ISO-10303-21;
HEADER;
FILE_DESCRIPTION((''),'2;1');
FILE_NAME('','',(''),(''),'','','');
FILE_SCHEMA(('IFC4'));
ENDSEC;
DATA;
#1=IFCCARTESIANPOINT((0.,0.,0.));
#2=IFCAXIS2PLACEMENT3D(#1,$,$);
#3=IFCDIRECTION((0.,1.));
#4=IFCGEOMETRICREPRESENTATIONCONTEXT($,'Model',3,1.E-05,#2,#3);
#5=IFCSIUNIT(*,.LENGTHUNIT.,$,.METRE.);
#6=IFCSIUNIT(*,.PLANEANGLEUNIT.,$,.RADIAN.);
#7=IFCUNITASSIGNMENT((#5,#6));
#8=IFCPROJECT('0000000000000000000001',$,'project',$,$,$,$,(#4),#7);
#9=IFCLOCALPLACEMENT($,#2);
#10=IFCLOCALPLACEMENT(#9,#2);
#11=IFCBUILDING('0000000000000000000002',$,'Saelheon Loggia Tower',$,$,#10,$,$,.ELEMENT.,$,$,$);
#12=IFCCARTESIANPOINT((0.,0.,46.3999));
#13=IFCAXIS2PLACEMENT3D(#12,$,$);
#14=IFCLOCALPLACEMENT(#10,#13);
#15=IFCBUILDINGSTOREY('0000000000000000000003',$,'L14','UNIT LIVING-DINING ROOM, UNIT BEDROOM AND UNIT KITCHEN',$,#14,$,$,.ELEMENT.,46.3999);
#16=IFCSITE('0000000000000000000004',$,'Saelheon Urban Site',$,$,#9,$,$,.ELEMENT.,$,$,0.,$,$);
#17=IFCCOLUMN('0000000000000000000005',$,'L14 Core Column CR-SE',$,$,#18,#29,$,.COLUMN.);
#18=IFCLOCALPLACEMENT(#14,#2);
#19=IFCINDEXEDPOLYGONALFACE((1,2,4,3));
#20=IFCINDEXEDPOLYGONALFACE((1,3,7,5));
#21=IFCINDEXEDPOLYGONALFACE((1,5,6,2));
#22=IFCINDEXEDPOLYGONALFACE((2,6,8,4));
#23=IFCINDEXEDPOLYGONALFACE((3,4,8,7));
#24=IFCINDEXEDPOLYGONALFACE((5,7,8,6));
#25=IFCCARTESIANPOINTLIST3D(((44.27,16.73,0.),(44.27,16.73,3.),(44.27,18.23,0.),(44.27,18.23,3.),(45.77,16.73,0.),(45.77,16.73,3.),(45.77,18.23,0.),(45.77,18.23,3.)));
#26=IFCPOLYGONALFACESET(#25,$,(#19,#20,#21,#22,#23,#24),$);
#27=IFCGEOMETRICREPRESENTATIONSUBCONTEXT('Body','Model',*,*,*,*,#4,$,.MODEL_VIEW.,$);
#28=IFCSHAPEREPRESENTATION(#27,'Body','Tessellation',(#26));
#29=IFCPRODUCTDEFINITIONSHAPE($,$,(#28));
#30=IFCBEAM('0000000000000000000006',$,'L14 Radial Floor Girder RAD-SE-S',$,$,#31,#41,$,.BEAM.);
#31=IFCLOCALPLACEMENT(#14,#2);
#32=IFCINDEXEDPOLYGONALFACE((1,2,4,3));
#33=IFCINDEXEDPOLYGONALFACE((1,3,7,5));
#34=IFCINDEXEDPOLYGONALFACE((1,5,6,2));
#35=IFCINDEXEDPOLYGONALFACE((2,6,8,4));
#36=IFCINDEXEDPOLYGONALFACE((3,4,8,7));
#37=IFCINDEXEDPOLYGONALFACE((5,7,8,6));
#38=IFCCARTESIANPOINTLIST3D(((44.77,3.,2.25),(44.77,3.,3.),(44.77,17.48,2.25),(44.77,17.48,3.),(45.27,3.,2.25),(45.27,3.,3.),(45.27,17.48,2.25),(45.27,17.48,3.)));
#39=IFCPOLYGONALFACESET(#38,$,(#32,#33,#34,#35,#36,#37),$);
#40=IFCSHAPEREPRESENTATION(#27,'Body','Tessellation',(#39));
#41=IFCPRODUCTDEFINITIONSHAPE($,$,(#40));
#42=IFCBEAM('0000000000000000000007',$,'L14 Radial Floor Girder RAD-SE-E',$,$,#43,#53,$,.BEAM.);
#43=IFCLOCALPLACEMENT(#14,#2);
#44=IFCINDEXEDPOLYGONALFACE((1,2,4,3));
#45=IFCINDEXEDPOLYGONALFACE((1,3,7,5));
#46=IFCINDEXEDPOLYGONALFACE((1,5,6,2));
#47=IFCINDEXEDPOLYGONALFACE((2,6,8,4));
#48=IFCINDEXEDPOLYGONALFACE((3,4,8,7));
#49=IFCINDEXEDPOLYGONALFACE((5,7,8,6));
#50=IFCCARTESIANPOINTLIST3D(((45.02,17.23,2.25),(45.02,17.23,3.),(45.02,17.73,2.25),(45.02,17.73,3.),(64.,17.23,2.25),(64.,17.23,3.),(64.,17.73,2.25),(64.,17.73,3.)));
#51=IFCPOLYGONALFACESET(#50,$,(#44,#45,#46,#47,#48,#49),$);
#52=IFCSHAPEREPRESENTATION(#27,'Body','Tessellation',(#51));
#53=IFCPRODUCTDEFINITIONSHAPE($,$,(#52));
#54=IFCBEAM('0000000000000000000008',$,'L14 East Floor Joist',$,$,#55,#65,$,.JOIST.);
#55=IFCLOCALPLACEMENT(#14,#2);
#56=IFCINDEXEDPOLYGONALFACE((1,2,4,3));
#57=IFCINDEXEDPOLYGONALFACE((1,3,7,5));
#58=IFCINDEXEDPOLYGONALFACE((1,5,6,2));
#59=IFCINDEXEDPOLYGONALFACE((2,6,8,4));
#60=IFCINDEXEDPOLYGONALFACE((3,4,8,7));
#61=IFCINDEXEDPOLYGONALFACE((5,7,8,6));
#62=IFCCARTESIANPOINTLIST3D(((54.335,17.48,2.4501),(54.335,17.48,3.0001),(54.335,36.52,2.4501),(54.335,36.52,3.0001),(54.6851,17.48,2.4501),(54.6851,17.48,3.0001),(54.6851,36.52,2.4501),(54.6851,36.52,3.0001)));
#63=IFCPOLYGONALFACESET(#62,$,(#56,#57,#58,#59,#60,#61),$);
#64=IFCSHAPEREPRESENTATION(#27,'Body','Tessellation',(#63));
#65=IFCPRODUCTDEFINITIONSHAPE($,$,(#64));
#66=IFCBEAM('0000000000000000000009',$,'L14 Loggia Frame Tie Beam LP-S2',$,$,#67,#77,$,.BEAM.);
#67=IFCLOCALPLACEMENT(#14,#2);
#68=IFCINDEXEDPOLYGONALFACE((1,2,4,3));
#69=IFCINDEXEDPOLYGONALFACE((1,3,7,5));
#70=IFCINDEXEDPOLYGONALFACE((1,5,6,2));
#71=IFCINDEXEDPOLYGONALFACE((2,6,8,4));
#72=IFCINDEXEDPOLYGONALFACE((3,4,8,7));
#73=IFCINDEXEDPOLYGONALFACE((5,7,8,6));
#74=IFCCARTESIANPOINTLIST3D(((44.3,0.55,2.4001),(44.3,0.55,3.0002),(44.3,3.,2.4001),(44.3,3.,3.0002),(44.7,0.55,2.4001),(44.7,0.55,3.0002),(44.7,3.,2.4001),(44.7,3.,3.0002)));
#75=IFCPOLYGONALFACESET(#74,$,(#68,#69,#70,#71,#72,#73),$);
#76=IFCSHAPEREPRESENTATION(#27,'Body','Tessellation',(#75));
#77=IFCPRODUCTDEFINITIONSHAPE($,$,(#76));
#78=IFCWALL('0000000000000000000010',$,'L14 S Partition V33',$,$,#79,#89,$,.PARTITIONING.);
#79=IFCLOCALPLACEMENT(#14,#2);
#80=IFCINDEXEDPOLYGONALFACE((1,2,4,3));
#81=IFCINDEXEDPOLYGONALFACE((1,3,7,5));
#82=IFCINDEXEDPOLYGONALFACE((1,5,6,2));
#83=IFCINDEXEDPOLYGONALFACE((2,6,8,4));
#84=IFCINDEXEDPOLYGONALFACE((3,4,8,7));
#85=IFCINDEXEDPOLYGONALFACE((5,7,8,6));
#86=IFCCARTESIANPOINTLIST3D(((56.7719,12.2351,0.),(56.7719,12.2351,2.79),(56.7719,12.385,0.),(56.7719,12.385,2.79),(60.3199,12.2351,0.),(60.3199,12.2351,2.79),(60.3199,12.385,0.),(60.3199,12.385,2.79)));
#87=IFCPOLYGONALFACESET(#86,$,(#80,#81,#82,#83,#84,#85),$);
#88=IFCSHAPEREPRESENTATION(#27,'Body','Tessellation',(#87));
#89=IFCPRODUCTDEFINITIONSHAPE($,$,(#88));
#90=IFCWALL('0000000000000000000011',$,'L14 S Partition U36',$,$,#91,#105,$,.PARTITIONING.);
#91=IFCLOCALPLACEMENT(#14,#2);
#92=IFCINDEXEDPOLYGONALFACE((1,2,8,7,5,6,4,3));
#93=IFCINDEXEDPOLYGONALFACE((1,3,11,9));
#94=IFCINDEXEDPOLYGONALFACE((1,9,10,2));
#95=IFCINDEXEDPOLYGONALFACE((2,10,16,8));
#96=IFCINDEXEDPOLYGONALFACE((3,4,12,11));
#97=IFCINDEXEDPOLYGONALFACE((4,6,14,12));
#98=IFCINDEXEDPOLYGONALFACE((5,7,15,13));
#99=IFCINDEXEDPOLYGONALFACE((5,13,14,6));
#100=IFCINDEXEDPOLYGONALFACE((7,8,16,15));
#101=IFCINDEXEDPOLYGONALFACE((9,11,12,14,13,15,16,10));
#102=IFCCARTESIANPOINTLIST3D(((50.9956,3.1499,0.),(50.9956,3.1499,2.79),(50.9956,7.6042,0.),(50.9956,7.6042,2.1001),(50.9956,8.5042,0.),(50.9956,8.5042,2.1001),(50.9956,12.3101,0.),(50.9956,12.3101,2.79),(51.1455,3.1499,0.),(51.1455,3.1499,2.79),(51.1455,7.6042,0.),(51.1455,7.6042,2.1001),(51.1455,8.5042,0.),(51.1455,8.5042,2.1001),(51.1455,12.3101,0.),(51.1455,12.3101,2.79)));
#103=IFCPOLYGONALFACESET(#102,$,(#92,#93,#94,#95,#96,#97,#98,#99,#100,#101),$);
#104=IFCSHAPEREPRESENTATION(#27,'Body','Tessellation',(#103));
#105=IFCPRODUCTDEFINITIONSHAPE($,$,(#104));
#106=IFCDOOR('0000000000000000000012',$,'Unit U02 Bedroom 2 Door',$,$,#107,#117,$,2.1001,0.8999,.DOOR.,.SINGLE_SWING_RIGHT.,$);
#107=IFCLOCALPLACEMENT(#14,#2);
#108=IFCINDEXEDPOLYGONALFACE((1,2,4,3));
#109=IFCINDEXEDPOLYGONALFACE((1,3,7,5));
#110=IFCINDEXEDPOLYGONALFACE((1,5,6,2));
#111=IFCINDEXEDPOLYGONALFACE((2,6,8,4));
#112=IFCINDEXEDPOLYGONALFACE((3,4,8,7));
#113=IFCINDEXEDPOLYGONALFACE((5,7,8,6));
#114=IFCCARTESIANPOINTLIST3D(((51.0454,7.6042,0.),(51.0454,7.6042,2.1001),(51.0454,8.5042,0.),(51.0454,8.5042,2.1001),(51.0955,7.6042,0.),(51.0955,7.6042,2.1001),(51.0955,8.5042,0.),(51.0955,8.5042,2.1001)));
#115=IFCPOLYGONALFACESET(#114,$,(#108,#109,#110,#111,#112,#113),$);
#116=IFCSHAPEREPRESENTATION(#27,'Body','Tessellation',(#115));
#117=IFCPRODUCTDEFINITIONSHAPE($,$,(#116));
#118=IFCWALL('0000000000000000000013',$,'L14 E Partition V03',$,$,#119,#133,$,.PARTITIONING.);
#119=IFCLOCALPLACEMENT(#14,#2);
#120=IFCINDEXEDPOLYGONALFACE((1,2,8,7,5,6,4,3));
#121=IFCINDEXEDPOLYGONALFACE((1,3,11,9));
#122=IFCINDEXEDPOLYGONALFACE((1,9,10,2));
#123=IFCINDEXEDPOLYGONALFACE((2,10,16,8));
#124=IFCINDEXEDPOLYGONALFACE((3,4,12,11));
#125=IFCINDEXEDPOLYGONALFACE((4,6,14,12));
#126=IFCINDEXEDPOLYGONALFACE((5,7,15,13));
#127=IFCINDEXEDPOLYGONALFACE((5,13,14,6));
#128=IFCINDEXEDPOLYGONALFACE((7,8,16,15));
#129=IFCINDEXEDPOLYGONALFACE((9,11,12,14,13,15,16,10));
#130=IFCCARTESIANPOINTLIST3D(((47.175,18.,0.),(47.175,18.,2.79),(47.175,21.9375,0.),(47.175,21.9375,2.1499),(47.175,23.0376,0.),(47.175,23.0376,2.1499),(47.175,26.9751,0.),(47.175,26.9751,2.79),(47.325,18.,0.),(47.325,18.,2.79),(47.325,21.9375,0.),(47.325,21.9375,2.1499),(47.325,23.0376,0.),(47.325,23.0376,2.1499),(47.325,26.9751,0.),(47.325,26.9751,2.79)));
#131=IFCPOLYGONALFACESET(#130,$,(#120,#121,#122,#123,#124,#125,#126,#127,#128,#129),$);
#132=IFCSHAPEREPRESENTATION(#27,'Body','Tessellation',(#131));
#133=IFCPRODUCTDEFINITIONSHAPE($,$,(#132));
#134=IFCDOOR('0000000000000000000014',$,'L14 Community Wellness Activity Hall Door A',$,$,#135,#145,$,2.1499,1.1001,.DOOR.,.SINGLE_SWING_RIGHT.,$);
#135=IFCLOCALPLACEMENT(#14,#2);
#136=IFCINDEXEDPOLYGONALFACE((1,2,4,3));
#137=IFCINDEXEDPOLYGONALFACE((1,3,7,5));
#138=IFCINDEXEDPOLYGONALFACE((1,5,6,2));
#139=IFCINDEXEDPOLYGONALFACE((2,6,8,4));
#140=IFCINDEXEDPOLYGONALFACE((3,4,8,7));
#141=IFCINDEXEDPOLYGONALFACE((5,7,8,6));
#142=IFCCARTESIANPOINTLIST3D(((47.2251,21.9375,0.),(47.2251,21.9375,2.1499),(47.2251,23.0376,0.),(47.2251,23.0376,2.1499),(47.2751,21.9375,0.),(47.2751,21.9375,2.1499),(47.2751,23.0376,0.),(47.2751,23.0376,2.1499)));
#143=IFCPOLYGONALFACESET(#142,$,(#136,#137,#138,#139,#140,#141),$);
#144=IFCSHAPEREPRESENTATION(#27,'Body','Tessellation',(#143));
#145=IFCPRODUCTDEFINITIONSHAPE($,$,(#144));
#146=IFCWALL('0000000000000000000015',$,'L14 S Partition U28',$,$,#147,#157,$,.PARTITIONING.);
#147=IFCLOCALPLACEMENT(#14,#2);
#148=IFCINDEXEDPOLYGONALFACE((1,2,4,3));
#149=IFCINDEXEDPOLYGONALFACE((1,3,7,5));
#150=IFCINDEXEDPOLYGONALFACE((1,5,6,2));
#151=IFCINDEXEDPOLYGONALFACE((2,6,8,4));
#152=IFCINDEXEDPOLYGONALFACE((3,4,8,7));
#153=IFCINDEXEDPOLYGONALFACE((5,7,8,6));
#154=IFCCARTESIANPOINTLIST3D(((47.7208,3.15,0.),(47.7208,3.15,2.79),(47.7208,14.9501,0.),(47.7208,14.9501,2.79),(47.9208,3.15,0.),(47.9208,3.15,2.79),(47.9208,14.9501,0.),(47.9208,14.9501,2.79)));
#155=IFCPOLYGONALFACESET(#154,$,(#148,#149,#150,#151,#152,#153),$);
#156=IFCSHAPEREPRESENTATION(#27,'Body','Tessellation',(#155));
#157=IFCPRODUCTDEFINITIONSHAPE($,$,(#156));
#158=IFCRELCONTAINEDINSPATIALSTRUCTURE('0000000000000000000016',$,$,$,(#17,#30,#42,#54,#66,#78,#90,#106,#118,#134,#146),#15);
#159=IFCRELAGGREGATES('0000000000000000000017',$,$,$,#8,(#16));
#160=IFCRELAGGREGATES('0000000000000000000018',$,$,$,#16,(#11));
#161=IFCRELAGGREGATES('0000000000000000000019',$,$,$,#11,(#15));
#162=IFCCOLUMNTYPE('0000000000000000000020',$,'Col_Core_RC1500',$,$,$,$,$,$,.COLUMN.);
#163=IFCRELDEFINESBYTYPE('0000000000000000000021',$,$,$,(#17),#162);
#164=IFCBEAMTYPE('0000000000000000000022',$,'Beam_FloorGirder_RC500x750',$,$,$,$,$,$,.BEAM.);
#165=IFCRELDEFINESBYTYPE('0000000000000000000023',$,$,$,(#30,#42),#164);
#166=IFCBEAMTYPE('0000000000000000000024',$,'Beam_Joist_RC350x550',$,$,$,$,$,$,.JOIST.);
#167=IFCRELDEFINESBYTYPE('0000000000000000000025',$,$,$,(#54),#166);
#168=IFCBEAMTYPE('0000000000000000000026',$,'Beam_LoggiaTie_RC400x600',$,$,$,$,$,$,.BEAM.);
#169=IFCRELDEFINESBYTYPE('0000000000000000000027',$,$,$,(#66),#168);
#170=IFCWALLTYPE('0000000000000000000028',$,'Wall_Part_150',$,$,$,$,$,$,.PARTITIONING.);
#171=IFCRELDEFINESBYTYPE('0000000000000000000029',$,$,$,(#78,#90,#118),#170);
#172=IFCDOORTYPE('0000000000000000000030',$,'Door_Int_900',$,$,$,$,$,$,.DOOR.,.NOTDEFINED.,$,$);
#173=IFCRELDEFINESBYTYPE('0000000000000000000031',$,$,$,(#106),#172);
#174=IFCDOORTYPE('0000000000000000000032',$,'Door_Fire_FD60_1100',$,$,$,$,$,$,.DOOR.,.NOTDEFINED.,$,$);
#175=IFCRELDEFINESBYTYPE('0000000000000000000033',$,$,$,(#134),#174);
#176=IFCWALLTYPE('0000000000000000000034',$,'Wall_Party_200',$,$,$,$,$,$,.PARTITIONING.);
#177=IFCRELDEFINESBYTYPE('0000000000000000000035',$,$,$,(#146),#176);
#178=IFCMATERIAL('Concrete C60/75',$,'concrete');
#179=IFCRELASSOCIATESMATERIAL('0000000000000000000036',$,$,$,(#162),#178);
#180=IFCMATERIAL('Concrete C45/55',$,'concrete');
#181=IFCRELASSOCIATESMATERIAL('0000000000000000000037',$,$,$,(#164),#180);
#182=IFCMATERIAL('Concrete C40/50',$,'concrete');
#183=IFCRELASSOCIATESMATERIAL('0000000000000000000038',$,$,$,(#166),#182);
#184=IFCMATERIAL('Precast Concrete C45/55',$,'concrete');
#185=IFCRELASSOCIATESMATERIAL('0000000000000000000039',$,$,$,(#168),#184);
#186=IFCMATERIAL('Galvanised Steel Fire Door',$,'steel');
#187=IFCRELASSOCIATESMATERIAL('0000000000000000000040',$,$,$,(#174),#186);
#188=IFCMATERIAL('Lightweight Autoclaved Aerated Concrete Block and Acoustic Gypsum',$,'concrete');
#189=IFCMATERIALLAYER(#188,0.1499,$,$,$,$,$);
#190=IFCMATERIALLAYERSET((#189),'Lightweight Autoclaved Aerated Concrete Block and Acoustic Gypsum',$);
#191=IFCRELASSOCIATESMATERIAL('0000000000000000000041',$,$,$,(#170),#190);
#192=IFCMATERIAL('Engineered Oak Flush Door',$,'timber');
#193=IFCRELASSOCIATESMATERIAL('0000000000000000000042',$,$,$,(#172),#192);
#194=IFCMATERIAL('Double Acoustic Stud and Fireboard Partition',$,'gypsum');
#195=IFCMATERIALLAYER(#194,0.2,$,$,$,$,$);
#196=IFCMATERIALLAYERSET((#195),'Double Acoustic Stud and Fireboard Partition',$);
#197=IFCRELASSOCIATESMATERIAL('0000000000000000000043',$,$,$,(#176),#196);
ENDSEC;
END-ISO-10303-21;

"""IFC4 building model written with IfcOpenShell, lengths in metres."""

from ifc_helpers import new_model, si_unit, direction, frame, frame_2d, origin, origin_2d, place, context, subcontext, project, spatial, rectangle, extrude, source, transform, mapped, material, layer, layer_set, material_profile, profile_set, type_object, element, fill, save


model = new_model("IFC4")

# Units and contexts
model_context = context("Model", 3, precision=1e-05, world=origin(), true_north=direction((0.0, 1.0)))
body_context = subcontext(model_context, "Body", "Model", "MODEL_VIEW")
ifc_project = project(units=[si_unit("LENGTHUNIT", "METRE"), si_unit("PLANEANGLEUNIT", "RADIAN")], contexts=[model_context])

# Site, building, storey
site_placement = place(None, origin())
site = spatial("IfcSite", under=ifc_project, at=site_placement, Name="Saelheon Urban Site", CompositionType="ELEMENT", RefElevation=0.0)
building_placement = place(site_placement, origin())
building = spatial("IfcBuilding", under=site, at=building_placement, Name="Saelheon Loggia Tower", CompositionType="ELEMENT")
storey_placement = place(building_placement, frame((0.0, 0.0, 46.3999)))
storey = spatial("IfcBuildingStorey", under=building, at=storey_placement, Name="L14", Description="UNIT LIVING-DINING ROOM, UNIT BEDROOM AND UNIT KITCHEN", CompositionType="ELEMENT", Elevation=46.3999)

# Column
ifc_material_1 = material(Name="Concrete C60/75", Category="concrete")
ifc_material_profile_1 = material_profile(ifc_material_1, rectangle(XDim=1.5, YDim=1.5, at=origin_2d()), Name="RC-1500x1500")
ifc_profile_set_1 = profile_set([ifc_material_profile_1], Name="Concrete C60/75")
column_type = type_object("IfcColumnType", Name="Col_Core_RC1500", PredefinedType="COLUMN", material=ifc_profile_set_1)
shared_shape_1 = source(origin(), body_context, "Body", "SweptSolid", [
    extrude(rectangle(XDim=1.5, YDim=1.5, at=origin_2d()), origin(), (0.0, 0.0, 1.0), 3.0),
])
column_placement = place(storey_placement, frame((45.02, 17.48, 0.0), z_axis=(0.0, 0.0, 1.0), x_axis=(1.0, 0.0, 0.0)))
element("IfcColumn", 1, at=column_placement, inside=storey, type_object=column_type, Name="L14 Core Column CR-SE", PredefinedType="COLUMN", context=body_context, shape_type="MappedRepresentation", body=[
    mapped(shared_shape_1, transform((0.0, 0.0, 0.0), scale=1.0)),
])

# Beams
ifc_material_2 = material(Name="Concrete C45/55", Category="concrete")
ifc_material_profile_2 = material_profile(ifc_material_2, rectangle(XDim=0.5, YDim=0.75, at=origin_2d()), Name="RC-500x750")
ifc_profile_set_2 = profile_set([ifc_material_profile_2], Name="Concrete C45/55")
beam_type_1 = type_object("IfcBeamType", Name="Beam_FloorGirder_RC500x750", PredefinedType="BEAM", material=ifc_profile_set_2)
shared_shape_2 = source(origin(), body_context, "Body", "SweptSolid", [
    extrude(rectangle(XDim=0.5, YDim=0.75, at=origin_2d()), origin(), (0.0, 0.0, 1.0), 14.48),
])
beam_1_placement = place(storey_placement, frame((45.02, 17.48, 2.625), z_axis=(0.0, -1.0, 0.0), x_axis=(1.0, 0.0, 0.0)))
element("IfcBeam", 2, at=beam_1_placement, inside=storey, type_object=beam_type_1, Name="L14 Radial Floor Girder RAD-SE-S", PredefinedType="BEAM", context=body_context, shape_type="MappedRepresentation", body=[
    mapped(shared_shape_2, transform((0.0, 0.0, 0.0), scale=1.0)),
])
shared_shape_3 = source(origin(), body_context, "Body", "SweptSolid", [
    extrude(rectangle(XDim=0.5, YDim=0.75, at=origin_2d()), origin(), (0.0, 0.0, 1.0), 18.98),
])
beam_2_placement = place(storey_placement, frame((45.02, 17.48, 2.625), z_axis=(1.0, 0.0, 0.0), x_axis=(0.0, 1.0, 0.0)))
element("IfcBeam", 3, at=beam_2_placement, inside=storey, type_object=beam_type_1, Name="L14 Radial Floor Girder RAD-SE-E", PredefinedType="BEAM", context=body_context, shape_type="MappedRepresentation", body=[
    mapped(shared_shape_3, transform((0.0, 0.0, 0.0), scale=1.0)),
])
ifc_material_3 = material(Name="Concrete C40/50", Category="concrete")
ifc_material_profile_3 = material_profile(ifc_material_3, rectangle(XDim=0.3501, YDim=0.55, at=origin_2d()), Name="RC-350x550")
ifc_profile_set_3 = profile_set([ifc_material_profile_3], Name="Concrete C40/50")
beam_type_2 = type_object("IfcBeamType", Name="Beam_Joist_RC350x550", PredefinedType="JOIST", material=ifc_profile_set_3)
shared_shape_4 = source(origin(), body_context, "Body", "SweptSolid", [
    extrude(rectangle(XDim=0.3501, YDim=0.55, at=origin_2d()), origin(), (0.0, 0.0, 1.0), 19.04),
])
beam_3_placement = place(storey_placement, frame((54.51, 17.48, 2.7251), z_axis=(0.0, 1.0, 0.0), x_axis=(-1.0, 0.0, 0.0)))
element("IfcBeam", 4, at=beam_3_placement, inside=storey, type_object=beam_type_2, Name="L14 East Floor Joist", PredefinedType="JOIST", context=body_context, shape_type="MappedRepresentation", body=[
    mapped(shared_shape_4, transform((0.0, 0.0, 0.0), scale=1.0)),
])
ifc_material_4 = material(Name="Precast Concrete C45/55", Category="concrete")
ifc_material_profile_4 = material_profile(ifc_material_4, rectangle(XDim=0.3999, YDim=0.6001, at=origin_2d()), Name="RC-400x600")
ifc_profile_set_4 = profile_set([ifc_material_profile_4], Name="Precast Concrete C45/55")
beam_type_3 = type_object("IfcBeamType", Name="Beam_LoggiaTie_RC400x600", PredefinedType="BEAM", material=ifc_profile_set_4)
shared_shape_5 = source(origin(), body_context, "Body", "SweptSolid", [
    extrude(rectangle(XDim=0.3999, YDim=0.6001, at=origin_2d()), origin(), (0.0, 0.0, 1.0), 2.45),
])
beam_4_placement = place(storey_placement, frame((44.5, 3.0, 2.7002), z_axis=(0.0, -1.0, 0.0), x_axis=(1.0, 0.0, 0.0)))
element("IfcBeam", 5, at=beam_4_placement, inside=storey, type_object=beam_type_3, Name="L14 Loggia Frame Tie Beam LP-S2", PredefinedType="BEAM", context=body_context, shape_type="MappedRepresentation", body=[
    mapped(shared_shape_5, transform((0.0, 0.0, 0.0), scale=1.0)),
])

# Shared definitions
ifc_material_5 = material(Name="Galvanised Steel Fire Door", Category="steel")
door_type_1 = type_object("IfcDoorType", Name="Door_Fire_FD60_1100", OperationType="NOTDEFINED", PredefinedType="DOOR", material=ifc_material_5)
shared_shape_6 = source(origin(), body_context, "Body", "SweptSolid", [
    extrude(rectangle(XDim=1.1001, YDim=2.1499, at=frame_2d((0.55, 1.075))), frame((0.0, 0.0249, 0.0), z_axis=(0.0, -1.0, 0.0), x_axis=(1.0, 0.0, 0.0)), (0.0, 0.0, 1.0), 0.05),
])

# Wall
ifc_material_6 = material(Name="Lightweight Autoclaved Aerated Concrete Block and Acoustic Gypsum", Category="concrete")
ifc_layer_1 = layer(ifc_material_6, 0.1499)
ifc_layer_set_1 = layer_set([ifc_layer_1], Name="Lightweight Autoclaved Aerated Concrete Block and Acoustic Gypsum")
wall_type_1 = type_object("IfcWallType", Name="Wall_Part_150", PredefinedType="PARTITIONING", material=ifc_layer_set_1)
wall_1_placement = place(storey_placement, frame((56.772, 12.3101, 0.0), z_axis=(0.0, 0.0, 1.0), x_axis=(1.0, 0.0, 0.0)))
element("IfcWall", 6, at=wall_1_placement, inside=storey, type_object=wall_type_1, Name="L14 S Partition V33", PredefinedType="PARTITIONING", context=body_context, shape_type="SweptSolid", body=[
    extrude(rectangle(XDim=3.5481, YDim=0.1499, at=frame_2d((1.7739, 0.0))), origin(), (0.0, 0.0, 1.0), 2.79),
])

# Walls, openings, doors
wall_2_placement = place(storey_placement, frame((51.0706, 12.3101, 0.0), z_axis=(0.0, 0.0, 1.0), x_axis=(0.0, -1.0, 0.0)))
wall_2 = element("IfcWall", 7, at=wall_2_placement, inside=storey, type_object=wall_type_1, Name="L14 S Partition U36", PredefinedType="PARTITIONING", context=body_context, shape_type="SweptSolid", body=[
    extrude(rectangle(XDim=9.1602, YDim=0.1499, at=frame_2d((4.5801, 0.0))), origin(), (0.0, 0.0, 1.0), 2.79),
])
opening_1_placement = place(wall_2_placement, frame((3.8059, 0.0, 0.0)))
opening_1 = element("IfcOpeningElement", 8, at=opening_1_placement, cuts=wall_2, PredefinedType="OPENING", context=body_context, shape_type="SweptSolid", body=[
    extrude(rectangle(XDim=0.8999, YDim=2.1001, at=frame_2d((0.45, 1.05))), frame((0.0, 0.0869, 0.0), z_axis=(0.0, -1.0, 0.0), x_axis=(1.0, 0.0, 0.0)), (0.0, 0.0, 1.0), 0.1738),
])
ifc_material_7 = material(Name="Engineered Oak Flush Door", Category="timber")
door_type_2 = type_object("IfcDoorType", Name="Door_Int_900", OperationType="NOTDEFINED", PredefinedType="DOOR", material=ifc_material_7)
shared_shape_7 = source(origin(), body_context, "Body", "SweptSolid", [
    extrude(rectangle(XDim=0.8999, YDim=2.1001, at=frame_2d((0.45, 1.05))), frame((0.0, 0.0249, 0.0), z_axis=(0.0, -1.0, 0.0), x_axis=(1.0, 0.0, 0.0)), (0.0, 0.0, 1.0), 0.05),
])
door_1_placement = place(opening_1_placement, origin())
door_1 = element("IfcDoor", 9, at=door_1_placement, inside=storey, type_object=door_type_2, Name="Unit U02 Bedroom 2 Door", OperationType="SINGLE_SWING_RIGHT", OverallHeight=2.1001, OverallWidth=0.8999, PredefinedType="DOOR", context=body_context, shape_type="MappedRepresentation", body=[
    mapped(shared_shape_7, transform((0.0, 0.0, 0.0), scale=1.0)),
])
fill(opening_1, door_1)
wall_3_placement = place(storey_placement, frame((47.25, 18.0, 0.0), z_axis=(0.0, 0.0, 1.0), x_axis=(0.0, 1.0, 0.0)))
wall_3 = element("IfcWall", 10, at=wall_3_placement, inside=storey, type_object=wall_type_1, Name="L14 E Partition V03", PredefinedType="PARTITIONING", context=body_context, shape_type="SweptSolid", body=[
    extrude(rectangle(XDim=8.9751, YDim=0.1499, at=frame_2d((4.4875, 0.0))), origin(), (0.0, 0.0, 1.0), 2.79),
])
opening_2_placement = place(wall_3_placement, frame((3.9375, 0.0, 0.0)))
opening_2 = element("IfcOpeningElement", 11, at=opening_2_placement, cuts=wall_3, PredefinedType="OPENING", context=body_context, shape_type="SweptSolid", body=[
    extrude(rectangle(XDim=1.1001, YDim=2.1499, at=frame_2d((0.55, 1.075))), frame((0.0, 0.0869, 0.0), z_axis=(0.0, -1.0, 0.0), x_axis=(1.0, 0.0, 0.0)), (0.0, 0.0, 1.0), 0.1738),
])
door_2_placement = place(opening_2_placement, origin())
door_2 = element("IfcDoor", 12, at=door_2_placement, inside=storey, type_object=door_type_1, Name="L14 Community Wellness Activity Hall Door A", OperationType="SINGLE_SWING_RIGHT", OverallHeight=2.1499, OverallWidth=1.1001, PredefinedType="DOOR", context=body_context, shape_type="MappedRepresentation", body=[
    mapped(shared_shape_6, transform((0.0, 0.0, 0.0), scale=1.0)),
])
fill(opening_2, door_2)

# Wall
ifc_material_8 = material(Name="Double Acoustic Stud and Fireboard Partition", Category="gypsum")
ifc_layer_2 = layer(ifc_material_8, 0.2)
ifc_layer_set_2 = layer_set([ifc_layer_2], Name="Double Acoustic Stud and Fireboard Partition")
wall_type_2 = type_object("IfcWallType", Name="Wall_Party_200", PredefinedType="PARTITIONING", material=ifc_layer_set_2)
wall_4_placement = place(storey_placement, frame((47.8208, 14.95, 0.0), z_axis=(0.0, 0.0, 1.0), x_axis=(0.0, -1.0, 0.0)))
element("IfcWall", 13, at=wall_4_placement, inside=storey, type_object=wall_type_2, Name="L14 S Partition U28", PredefinedType="PARTITIONING", context=body_context, shape_type="SweptSolid", body=[
    extrude(rectangle(XDim=11.8, YDim=0.2, at=frame_2d((5.8999, 0.0))), origin(), (0.0, 0.0, 1.0), 2.79),
])

save(model, "model.ifc")
